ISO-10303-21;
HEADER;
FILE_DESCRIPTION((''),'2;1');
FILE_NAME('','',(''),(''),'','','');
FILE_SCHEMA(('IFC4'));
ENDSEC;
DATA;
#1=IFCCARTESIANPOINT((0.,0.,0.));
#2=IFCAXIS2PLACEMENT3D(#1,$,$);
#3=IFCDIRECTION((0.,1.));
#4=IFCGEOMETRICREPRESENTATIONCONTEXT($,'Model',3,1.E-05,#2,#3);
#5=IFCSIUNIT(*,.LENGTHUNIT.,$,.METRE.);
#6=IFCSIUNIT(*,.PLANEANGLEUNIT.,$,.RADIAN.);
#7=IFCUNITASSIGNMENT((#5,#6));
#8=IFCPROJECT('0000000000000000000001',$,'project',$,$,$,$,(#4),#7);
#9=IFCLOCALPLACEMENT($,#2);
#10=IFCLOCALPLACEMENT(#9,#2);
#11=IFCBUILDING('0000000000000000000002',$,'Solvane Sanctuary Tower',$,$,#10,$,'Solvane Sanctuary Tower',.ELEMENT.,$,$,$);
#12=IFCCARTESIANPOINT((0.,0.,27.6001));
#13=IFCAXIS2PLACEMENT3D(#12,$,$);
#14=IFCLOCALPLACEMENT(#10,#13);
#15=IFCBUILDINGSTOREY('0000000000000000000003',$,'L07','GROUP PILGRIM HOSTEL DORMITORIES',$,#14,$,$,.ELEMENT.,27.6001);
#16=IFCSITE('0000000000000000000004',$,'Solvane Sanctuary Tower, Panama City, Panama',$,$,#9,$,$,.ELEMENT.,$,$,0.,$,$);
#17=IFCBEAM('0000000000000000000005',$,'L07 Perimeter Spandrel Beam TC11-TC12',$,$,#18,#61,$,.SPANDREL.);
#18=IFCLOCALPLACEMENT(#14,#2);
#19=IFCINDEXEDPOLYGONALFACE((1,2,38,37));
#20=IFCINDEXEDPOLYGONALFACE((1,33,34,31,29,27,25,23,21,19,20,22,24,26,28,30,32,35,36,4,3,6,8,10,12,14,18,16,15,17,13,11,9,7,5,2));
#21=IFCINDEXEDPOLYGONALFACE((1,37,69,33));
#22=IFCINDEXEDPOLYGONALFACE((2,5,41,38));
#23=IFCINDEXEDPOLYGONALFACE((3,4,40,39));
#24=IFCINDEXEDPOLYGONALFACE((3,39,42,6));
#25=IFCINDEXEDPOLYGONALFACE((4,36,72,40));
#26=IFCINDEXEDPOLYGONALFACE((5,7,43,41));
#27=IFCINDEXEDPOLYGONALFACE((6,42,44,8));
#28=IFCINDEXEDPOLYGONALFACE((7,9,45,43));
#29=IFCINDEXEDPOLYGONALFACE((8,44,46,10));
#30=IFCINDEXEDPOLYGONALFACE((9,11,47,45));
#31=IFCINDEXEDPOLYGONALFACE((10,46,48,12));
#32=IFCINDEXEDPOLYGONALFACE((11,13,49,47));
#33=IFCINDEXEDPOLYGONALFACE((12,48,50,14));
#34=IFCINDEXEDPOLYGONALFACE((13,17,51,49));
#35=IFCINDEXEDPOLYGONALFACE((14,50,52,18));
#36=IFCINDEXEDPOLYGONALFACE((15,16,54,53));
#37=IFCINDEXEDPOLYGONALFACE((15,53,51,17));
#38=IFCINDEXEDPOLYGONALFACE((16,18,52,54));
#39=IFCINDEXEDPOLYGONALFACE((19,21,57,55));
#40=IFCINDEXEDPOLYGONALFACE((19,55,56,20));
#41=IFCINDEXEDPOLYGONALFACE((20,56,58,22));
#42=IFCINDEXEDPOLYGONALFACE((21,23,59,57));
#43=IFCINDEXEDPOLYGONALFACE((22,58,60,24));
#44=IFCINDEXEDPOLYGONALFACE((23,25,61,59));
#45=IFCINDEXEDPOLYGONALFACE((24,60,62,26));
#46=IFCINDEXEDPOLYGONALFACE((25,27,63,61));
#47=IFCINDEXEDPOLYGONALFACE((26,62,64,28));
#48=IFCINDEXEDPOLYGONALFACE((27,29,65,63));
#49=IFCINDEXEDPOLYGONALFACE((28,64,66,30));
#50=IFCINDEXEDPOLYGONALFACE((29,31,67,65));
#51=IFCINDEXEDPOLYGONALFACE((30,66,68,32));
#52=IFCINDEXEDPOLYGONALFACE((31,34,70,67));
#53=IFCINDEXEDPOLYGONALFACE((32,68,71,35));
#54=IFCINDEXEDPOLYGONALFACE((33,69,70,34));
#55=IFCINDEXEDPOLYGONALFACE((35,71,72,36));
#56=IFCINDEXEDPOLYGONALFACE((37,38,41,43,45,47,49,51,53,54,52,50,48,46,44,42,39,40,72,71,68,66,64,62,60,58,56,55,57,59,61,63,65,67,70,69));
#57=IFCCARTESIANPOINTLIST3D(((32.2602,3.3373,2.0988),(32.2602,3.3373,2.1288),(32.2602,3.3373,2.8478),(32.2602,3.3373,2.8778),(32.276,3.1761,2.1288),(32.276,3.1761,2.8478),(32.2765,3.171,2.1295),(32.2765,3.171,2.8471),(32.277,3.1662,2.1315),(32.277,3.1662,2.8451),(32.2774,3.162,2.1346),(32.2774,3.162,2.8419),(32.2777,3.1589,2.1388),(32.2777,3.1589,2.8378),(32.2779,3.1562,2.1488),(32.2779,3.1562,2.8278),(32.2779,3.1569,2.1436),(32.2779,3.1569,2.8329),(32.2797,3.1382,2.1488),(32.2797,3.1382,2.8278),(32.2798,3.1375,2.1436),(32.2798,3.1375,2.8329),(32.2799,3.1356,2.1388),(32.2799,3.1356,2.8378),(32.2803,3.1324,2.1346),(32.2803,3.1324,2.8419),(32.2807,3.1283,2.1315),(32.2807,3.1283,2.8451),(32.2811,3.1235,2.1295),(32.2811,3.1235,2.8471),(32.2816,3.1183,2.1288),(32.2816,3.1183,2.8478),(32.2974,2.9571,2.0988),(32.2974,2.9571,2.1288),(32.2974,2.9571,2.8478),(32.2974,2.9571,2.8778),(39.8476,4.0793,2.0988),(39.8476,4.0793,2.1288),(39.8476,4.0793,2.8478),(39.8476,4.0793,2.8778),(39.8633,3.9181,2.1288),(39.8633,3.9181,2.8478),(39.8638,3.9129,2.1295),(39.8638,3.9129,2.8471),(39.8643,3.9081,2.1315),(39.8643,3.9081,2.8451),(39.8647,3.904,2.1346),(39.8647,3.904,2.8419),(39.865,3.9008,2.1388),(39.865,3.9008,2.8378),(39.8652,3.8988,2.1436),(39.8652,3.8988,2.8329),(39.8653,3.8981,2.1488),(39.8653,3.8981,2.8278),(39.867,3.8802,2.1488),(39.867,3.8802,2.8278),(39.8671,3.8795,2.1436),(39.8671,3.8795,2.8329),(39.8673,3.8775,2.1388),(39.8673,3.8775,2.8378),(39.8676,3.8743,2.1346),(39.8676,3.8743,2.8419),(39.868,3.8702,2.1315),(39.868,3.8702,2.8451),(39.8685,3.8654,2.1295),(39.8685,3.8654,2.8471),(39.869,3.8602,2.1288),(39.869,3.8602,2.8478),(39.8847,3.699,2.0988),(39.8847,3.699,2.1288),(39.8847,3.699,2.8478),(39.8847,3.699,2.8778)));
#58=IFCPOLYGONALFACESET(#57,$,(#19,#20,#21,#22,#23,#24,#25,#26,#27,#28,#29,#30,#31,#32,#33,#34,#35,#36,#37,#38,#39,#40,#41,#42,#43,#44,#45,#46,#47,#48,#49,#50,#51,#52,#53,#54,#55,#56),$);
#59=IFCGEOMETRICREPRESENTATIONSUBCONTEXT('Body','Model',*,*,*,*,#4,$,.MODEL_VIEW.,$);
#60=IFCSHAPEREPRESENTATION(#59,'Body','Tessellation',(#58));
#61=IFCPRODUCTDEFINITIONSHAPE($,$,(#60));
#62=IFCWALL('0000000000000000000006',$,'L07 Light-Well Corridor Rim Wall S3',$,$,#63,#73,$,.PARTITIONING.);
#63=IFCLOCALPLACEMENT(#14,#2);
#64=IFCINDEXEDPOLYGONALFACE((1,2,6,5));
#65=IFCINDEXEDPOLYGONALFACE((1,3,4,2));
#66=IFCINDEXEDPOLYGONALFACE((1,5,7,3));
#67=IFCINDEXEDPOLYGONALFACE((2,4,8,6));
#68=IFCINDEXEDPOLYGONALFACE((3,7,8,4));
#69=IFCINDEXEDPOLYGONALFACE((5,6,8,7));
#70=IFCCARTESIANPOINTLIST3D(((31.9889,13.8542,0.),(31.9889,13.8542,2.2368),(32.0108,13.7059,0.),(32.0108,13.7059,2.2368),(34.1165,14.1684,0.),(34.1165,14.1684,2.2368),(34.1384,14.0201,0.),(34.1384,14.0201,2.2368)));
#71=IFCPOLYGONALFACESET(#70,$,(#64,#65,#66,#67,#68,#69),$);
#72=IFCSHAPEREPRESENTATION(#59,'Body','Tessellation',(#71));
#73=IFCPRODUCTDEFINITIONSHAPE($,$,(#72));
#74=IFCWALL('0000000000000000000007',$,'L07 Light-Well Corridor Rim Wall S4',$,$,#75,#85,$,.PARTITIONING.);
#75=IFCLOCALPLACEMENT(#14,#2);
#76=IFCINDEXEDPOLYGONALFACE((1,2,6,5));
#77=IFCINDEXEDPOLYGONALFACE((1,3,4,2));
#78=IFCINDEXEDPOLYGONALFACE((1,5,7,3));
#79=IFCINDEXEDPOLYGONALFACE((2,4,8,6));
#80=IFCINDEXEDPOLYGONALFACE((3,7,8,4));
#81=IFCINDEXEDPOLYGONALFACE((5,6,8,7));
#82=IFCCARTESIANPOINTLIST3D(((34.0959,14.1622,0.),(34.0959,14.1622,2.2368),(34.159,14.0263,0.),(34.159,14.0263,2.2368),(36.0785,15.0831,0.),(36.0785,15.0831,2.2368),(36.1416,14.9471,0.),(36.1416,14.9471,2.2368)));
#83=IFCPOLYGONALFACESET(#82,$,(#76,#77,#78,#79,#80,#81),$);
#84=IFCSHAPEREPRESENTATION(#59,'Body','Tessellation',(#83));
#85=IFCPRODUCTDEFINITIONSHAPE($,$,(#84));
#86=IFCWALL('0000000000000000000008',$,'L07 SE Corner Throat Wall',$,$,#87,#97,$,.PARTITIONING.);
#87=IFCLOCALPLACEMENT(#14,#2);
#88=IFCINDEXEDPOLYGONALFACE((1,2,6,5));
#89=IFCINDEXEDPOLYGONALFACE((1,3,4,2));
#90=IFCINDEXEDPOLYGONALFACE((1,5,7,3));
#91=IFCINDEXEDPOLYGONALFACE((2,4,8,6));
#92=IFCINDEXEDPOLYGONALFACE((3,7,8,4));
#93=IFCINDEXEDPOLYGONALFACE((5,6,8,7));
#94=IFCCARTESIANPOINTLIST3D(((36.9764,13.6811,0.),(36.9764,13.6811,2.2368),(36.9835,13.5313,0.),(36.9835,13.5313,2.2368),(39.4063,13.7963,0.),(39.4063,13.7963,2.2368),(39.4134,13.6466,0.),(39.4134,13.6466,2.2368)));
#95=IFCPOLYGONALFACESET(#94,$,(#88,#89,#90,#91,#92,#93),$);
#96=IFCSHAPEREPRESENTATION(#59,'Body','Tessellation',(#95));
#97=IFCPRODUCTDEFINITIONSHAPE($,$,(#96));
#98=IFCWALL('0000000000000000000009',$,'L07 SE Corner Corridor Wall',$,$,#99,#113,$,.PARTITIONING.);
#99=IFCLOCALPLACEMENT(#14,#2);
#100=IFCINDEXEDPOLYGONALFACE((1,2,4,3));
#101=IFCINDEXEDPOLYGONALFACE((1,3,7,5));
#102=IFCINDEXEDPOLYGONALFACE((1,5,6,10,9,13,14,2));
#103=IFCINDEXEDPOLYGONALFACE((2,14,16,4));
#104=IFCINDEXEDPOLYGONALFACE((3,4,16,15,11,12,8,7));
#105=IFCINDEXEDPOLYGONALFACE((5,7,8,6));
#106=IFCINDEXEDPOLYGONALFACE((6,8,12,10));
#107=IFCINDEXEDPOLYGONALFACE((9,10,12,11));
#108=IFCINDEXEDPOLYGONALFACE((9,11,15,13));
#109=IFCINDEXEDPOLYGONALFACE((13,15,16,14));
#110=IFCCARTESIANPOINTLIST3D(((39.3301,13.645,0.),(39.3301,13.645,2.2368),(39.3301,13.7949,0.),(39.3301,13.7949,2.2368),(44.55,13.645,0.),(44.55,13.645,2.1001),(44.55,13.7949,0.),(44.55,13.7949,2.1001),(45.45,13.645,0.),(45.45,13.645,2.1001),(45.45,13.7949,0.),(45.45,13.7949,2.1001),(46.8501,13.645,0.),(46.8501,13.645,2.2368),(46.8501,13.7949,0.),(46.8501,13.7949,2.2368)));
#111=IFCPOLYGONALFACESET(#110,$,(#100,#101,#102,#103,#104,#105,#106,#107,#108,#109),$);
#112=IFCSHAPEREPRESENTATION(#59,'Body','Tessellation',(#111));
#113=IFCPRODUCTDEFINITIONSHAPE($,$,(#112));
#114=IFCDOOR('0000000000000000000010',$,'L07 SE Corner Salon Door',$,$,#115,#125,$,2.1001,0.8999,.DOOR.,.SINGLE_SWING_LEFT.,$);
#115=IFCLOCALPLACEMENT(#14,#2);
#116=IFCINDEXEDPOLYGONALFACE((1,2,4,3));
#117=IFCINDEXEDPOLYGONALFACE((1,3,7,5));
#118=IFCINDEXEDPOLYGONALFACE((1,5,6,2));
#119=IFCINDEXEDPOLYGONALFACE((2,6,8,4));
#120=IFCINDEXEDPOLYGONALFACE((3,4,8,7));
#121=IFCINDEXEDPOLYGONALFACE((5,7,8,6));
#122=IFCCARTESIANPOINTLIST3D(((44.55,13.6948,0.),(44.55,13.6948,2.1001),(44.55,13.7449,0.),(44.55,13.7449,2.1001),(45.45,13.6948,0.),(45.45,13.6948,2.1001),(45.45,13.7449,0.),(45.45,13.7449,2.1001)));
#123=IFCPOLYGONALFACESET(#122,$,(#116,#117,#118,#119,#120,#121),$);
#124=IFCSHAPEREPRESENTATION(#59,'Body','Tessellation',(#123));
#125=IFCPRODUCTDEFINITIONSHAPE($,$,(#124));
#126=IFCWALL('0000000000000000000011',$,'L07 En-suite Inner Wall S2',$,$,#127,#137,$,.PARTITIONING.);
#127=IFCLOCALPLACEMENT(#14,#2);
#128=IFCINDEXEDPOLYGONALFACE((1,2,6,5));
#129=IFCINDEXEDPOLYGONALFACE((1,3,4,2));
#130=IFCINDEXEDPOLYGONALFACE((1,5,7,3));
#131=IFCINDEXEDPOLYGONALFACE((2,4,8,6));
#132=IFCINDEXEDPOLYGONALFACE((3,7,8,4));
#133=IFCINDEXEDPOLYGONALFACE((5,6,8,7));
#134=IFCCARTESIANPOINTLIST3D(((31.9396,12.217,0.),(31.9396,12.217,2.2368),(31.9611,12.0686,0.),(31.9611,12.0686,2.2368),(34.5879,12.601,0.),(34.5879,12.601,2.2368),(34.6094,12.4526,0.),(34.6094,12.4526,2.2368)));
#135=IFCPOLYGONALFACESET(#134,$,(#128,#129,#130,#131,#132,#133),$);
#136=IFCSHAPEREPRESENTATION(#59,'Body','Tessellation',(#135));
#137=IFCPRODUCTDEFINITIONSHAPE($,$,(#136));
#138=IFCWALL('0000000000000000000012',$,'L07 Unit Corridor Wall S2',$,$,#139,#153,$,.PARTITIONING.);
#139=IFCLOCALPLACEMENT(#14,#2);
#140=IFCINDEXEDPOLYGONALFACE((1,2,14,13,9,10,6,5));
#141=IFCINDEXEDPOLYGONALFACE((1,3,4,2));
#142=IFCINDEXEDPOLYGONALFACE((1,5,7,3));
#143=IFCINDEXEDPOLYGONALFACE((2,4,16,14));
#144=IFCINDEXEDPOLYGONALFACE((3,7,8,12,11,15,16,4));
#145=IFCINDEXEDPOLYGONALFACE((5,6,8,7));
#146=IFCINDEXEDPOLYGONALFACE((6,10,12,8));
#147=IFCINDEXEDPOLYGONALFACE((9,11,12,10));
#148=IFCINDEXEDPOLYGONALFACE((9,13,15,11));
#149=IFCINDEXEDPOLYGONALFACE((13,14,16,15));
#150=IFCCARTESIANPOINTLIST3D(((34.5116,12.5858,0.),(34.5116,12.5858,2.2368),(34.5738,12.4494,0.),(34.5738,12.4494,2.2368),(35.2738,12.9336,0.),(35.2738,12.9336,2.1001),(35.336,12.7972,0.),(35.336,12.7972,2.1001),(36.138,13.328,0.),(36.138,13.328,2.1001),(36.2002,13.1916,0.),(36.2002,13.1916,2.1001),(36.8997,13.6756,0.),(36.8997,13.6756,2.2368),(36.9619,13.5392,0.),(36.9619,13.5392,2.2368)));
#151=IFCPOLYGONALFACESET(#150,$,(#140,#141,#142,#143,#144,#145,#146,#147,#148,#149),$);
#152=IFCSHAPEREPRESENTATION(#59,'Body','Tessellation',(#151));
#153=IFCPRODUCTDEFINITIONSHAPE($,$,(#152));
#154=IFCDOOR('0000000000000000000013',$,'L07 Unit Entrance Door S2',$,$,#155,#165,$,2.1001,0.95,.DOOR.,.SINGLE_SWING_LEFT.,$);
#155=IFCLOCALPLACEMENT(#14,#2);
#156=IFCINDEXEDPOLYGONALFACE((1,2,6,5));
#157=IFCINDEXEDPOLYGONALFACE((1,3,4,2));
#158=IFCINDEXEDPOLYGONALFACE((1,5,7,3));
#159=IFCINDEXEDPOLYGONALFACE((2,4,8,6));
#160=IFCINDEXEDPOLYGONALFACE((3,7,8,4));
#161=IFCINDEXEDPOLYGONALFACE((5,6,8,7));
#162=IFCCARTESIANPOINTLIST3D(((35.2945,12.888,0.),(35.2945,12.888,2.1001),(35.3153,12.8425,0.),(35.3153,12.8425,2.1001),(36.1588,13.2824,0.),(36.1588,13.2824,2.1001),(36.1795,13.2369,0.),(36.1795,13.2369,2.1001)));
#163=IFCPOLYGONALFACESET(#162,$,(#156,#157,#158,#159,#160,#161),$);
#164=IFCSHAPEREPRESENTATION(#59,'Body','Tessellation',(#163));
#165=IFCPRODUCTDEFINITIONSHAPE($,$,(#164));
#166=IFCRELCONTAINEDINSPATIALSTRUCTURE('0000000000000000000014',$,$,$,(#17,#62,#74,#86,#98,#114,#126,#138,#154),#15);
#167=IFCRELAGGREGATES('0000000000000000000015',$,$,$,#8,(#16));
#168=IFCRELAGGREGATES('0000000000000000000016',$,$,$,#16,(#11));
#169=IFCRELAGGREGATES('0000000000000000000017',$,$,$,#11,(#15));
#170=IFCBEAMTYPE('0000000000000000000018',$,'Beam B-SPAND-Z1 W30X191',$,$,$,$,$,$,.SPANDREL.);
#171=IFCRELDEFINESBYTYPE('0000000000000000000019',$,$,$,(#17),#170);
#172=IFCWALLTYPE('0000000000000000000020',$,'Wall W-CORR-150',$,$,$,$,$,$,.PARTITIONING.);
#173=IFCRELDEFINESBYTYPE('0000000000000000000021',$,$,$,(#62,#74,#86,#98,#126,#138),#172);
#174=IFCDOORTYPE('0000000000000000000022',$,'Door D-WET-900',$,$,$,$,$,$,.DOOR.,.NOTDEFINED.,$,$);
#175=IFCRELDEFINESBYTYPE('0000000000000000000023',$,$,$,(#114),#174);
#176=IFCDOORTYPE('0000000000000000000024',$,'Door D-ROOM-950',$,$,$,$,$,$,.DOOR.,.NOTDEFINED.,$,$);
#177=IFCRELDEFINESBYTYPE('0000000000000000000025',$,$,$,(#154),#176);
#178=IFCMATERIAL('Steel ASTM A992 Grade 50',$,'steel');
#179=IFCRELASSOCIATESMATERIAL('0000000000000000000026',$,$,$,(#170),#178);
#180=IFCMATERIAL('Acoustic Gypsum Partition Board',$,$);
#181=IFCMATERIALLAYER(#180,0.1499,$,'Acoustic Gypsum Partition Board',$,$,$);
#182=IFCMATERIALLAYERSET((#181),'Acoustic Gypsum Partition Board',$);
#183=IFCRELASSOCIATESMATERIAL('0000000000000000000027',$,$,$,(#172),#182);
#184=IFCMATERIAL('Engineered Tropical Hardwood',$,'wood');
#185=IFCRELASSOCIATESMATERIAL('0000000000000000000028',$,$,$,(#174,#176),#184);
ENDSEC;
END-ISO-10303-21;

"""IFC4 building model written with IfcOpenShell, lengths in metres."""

from ifc_helpers import new_model, si_unit, direction, frame, frame_2d, origin, origin_2d, place, context, subcontext, project, spatial, rectangle, i_section, extrude, material, layer, layer_set, material_profile, profile_set, type_object, element, fill, save


model = new_model("IFC4")

# Units and contexts
model_context = context("Model", 3, precision=1e-05, world=origin(), true_north=direction((0.0, 1.0)))
body_context = subcontext(model_context, "Body", "Model", "MODEL_VIEW")
ifc_project = project(units=[si_unit("LENGTHUNIT", "METRE"), si_unit("PLANEANGLEUNIT", "RADIAN")], contexts=[model_context])

# Site, building, storey
site_placement = place(None, origin())
site = spatial("IfcSite", under=ifc_project, at=site_placement, Name="Solvane Sanctuary Tower, Panama City, Panama", CompositionType="ELEMENT", RefElevation=0.0)
building_placement = place(site_placement, origin())
building = spatial("IfcBuilding", under=site, at=building_placement, Name="Solvane Sanctuary Tower", LongName="Solvane Sanctuary Tower", CompositionType="ELEMENT")
storey_placement = place(building_placement, frame((0.0, 0.0, 27.6001)))
storey = spatial("IfcBuildingStorey", under=building, at=storey_placement, Name="L07", Description="GROUP PILGRIM HOSTEL DORMITORIES", CompositionType="ELEMENT", Elevation=27.6001)

# Beam
ifc_material_1 = material(Name="Steel ASTM A992 Grade 50", Category="steel")
ifc_material_profile_1 = material_profile(ifc_material_1, i_section(OverallWidth=0.3821, OverallDepth=0.7791, WebThickness=0.0181, FlangeThickness=0.03, FilletRadius=0.02, at=origin_2d()), Name="W30X191")
ifc_profile_set_1 = profile_set([ifc_material_profile_1], Name="Steel ASTM A992 Grade 50")
beam_type_1 = type_object("IfcBeamType", Name="Beam B-SPAND-Z1 W30X191", PredefinedType="SPANDREL", material=ifc_profile_set_1)
beam_1_placement = place(storey_placement, frame((32.2788, 3.1472, 2.4883), z_axis=(0.995253, 0.097322, 0.0), x_axis=(-0.097322, 0.995253, 0.0)))
element("IfcBeam", 1, at=beam_1_placement, inside=storey, type_object=beam_type_1, Name="L07 Perimeter Spandrel Beam TC11-TC12", PredefinedType="SPANDREL", context=body_context, shape_type="SweptSolid", body=[
    extrude(i_section(OverallWidth=0.3821, OverallDepth=0.7791, WebThickness=0.0181, FlangeThickness=0.03, FilletRadius=0.02, at=origin_2d()), origin(), (0.0, 0.0, 1.0), 7.6235),
])

# Walls
ifc_material_2 = material(Name="Acoustic Gypsum Partition Board")
ifc_layer_1 = layer(ifc_material_2, 0.1499, Name="Acoustic Gypsum Partition Board")
ifc_layer_set_1 = layer_set([ifc_layer_1], Name="Acoustic Gypsum Partition Board")
wall_type_1 = type_object("IfcWallType", Name="Wall W-CORR-150", PredefinedType="PARTITIONING", material=ifc_layer_set_1)
wall_1_placement = place(storey_placement, frame((32.0, 13.78, 0.0), z_axis=(0.0, 0.0, 1.0), x_axis=(0.989269, 0.146108, 0.0)))
element("IfcWall", 2, at=wall_1_placement, inside=storey, type_object=wall_type_1, Name="L07 Light-Well Corridor Rim Wall S3", PredefinedType="PARTITIONING", context=body_context, shape_type="SweptSolid", body=[
    extrude(rectangle(XDim=2.1506, YDim=0.1499, at=frame_2d((1.0752, 0.0))), origin(), (0.0, 0.0, 1.0), 2.2368),
])
wall_2_placement = place(storey_placement, frame((34.1274, 14.0942, 0.0), z_axis=(0.0, 0.0, 1.0), x_axis=(0.906943, 0.421252, 0.0)))
element("IfcWall", 3, at=wall_2_placement, inside=storey, type_object=wall_type_1, Name="L07 Light-Well Corridor Rim Wall S4", PredefinedType="PARTITIONING", context=body_context, shape_type="SweptSolid", body=[
    extrude(rectangle(XDim=2.186, YDim=0.1499, at=frame_2d((1.093, 0.0))), origin(), (0.0, 0.0, 1.0), 2.2368),
])
wall_3_placement = place(storey_placement, frame((36.98, 13.6062, 0.0), z_axis=(0.0, 0.0, 1.0), x_axis=(0.998877, 0.04737, 0.0)))
element("IfcWall", 4, at=wall_3_placement, inside=storey, type_object=wall_type_1, Name="L07 SE Corner Throat Wall", PredefinedType="PARTITIONING", context=body_context, shape_type="SweptSolid", body=[
    extrude(rectangle(XDim=2.4326, YDim=0.1499, at=frame_2d((1.2163, 0.0))), origin(), (0.0, 0.0, 1.0), 2.2368),
])

# Wall, opening, door
wall_4_placement = place(storey_placement, frame((39.3301, 13.72, 0.0), z_axis=(0.0, 0.0, 1.0), x_axis=(1.0, 0.0, 0.0)))
wall_4 = element("IfcWall", 5, at=wall_4_placement, inside=storey, type_object=wall_type_1, Name="L07 SE Corner Corridor Wall", PredefinedType="PARTITIONING", context=body_context, shape_type="SweptSolid", body=[
    extrude(rectangle(XDim=7.52, YDim=0.1499, at=frame_2d((3.76, 0.0))), origin(), (0.0, 0.0, 1.0), 2.2368),
])
opening_1_placement = place(wall_4_placement, frame((5.22, 0.0, 0.0)))
opening_1 = element("IfcOpeningElement", 6, at=opening_1_placement, cuts=wall_4, PredefinedType="OPENING", context=body_context, shape_type="SweptSolid", body=[
    extrude(rectangle(XDim=0.8999, YDim=2.1001, at=frame_2d((0.45, 1.05))), frame((0.0, 0.085, 0.0), z_axis=(0.0, -1.0, 0.0), x_axis=(1.0, 0.0, 0.0)), (0.0, 0.0, 1.0), 0.1699),
])
ifc_material_3 = material(Name="Engineered Tropical Hardwood", Category="wood")
door_type_1 = type_object("IfcDoorType", Name="Door D-WET-900", OperationType="NOTDEFINED", PredefinedType="DOOR", material=ifc_material_3)
door_1_placement = place(opening_1_placement, origin())
door_1 = element("IfcDoor", 7, at=door_1_placement, inside=storey, type_object=door_type_1, Name="L07 SE Corner Salon Door", OperationType="SINGLE_SWING_LEFT", OverallHeight=2.1001, OverallWidth=0.8999, PredefinedType="DOOR", context=body_context, shape_type="SweptSolid", body=[
    extrude(rectangle(XDim=0.8999, YDim=2.1001, at=frame_2d((0.45, 1.05))), frame((0.0, 0.0249, 0.0), z_axis=(0.0, -1.0, 0.0), x_axis=(1.0, 0.0, 0.0)), (0.0, 0.0, 1.0), 0.05),
])
fill(opening_1, door_1)

# Wall
wall_5_placement = place(storey_placement, frame((31.9504, 12.1428, 0.0), z_axis=(0.0, 0.0, 1.0), x_axis=(0.98965, 0.143503, 0.0)))
element("IfcWall", 8, at=wall_5_placement, inside=storey, type_object=wall_type_1, Name="L07 En-suite Inner Wall S2", PredefinedType="PARTITIONING", context=body_context, shape_type="SweptSolid", body=[
    extrude(rectangle(XDim=2.676, YDim=0.1499, at=frame_2d((1.3379, 0.0))), origin(), (0.0, 0.0, 1.0), 2.2368),
])

# Wall, opening, door
wall_6_placement = place(storey_placement, frame((34.5427, 12.5176, 0.0), z_axis=(0.0, 0.0, 1.0), x_axis=(0.909748, 0.415162, 0.0)))
wall_6 = element("IfcWall", 9, at=wall_6_placement, inside=storey, type_object=wall_type_1, Name="L07 Unit Corridor Wall S2", PredefinedType="PARTITIONING", context=body_context, shape_type="SweptSolid", body=[
    extrude(rectangle(XDim=2.625, YDim=0.1499, at=frame_2d((1.3125, 0.0))), origin(), (0.0, 0.0, 1.0), 2.2368),
])
opening_2_placement = place(wall_6_placement, frame((0.8376, 0.0, 0.0)))
opening_2 = element("IfcOpeningElement", 10, at=opening_2_placement, cuts=wall_6, PredefinedType="OPENING", context=body_context, shape_type="SweptSolid", body=[
    extrude(rectangle(XDim=0.95, YDim=2.1001, at=frame_2d((0.4751, 1.05))), frame((0.0, 0.085, 0.0), z_axis=(0.0, -1.0, 0.0), x_axis=(1.0, 0.0, 0.0)), (0.0, 0.0, 1.0), 0.1699),
])
door_type_2 = type_object("IfcDoorType", Name="Door D-ROOM-950", OperationType="NOTDEFINED", PredefinedType="DOOR", material=ifc_material_3)
door_2_placement = place(opening_2_placement, origin())
door_2 = element("IfcDoor", 11, at=door_2_placement, inside=storey, type_object=door_type_2, Name="L07 Unit Entrance Door S2", OperationType="SINGLE_SWING_LEFT", OverallHeight=2.1001, OverallWidth=0.95, PredefinedType="DOOR", context=body_context, shape_type="SweptSolid", body=[
    extrude(rectangle(XDim=0.95, YDim=2.1001, at=frame_2d((0.4751, 1.05))), frame((0.0, 0.0249, 0.0), z_axis=(0.0, -1.0, 0.0), x_axis=(1.0, 0.0, 0.0)), (0.0, 0.0, 1.0), 0.05),
])
fill(opening_2, door_2)

save(model, "model.ifc")
